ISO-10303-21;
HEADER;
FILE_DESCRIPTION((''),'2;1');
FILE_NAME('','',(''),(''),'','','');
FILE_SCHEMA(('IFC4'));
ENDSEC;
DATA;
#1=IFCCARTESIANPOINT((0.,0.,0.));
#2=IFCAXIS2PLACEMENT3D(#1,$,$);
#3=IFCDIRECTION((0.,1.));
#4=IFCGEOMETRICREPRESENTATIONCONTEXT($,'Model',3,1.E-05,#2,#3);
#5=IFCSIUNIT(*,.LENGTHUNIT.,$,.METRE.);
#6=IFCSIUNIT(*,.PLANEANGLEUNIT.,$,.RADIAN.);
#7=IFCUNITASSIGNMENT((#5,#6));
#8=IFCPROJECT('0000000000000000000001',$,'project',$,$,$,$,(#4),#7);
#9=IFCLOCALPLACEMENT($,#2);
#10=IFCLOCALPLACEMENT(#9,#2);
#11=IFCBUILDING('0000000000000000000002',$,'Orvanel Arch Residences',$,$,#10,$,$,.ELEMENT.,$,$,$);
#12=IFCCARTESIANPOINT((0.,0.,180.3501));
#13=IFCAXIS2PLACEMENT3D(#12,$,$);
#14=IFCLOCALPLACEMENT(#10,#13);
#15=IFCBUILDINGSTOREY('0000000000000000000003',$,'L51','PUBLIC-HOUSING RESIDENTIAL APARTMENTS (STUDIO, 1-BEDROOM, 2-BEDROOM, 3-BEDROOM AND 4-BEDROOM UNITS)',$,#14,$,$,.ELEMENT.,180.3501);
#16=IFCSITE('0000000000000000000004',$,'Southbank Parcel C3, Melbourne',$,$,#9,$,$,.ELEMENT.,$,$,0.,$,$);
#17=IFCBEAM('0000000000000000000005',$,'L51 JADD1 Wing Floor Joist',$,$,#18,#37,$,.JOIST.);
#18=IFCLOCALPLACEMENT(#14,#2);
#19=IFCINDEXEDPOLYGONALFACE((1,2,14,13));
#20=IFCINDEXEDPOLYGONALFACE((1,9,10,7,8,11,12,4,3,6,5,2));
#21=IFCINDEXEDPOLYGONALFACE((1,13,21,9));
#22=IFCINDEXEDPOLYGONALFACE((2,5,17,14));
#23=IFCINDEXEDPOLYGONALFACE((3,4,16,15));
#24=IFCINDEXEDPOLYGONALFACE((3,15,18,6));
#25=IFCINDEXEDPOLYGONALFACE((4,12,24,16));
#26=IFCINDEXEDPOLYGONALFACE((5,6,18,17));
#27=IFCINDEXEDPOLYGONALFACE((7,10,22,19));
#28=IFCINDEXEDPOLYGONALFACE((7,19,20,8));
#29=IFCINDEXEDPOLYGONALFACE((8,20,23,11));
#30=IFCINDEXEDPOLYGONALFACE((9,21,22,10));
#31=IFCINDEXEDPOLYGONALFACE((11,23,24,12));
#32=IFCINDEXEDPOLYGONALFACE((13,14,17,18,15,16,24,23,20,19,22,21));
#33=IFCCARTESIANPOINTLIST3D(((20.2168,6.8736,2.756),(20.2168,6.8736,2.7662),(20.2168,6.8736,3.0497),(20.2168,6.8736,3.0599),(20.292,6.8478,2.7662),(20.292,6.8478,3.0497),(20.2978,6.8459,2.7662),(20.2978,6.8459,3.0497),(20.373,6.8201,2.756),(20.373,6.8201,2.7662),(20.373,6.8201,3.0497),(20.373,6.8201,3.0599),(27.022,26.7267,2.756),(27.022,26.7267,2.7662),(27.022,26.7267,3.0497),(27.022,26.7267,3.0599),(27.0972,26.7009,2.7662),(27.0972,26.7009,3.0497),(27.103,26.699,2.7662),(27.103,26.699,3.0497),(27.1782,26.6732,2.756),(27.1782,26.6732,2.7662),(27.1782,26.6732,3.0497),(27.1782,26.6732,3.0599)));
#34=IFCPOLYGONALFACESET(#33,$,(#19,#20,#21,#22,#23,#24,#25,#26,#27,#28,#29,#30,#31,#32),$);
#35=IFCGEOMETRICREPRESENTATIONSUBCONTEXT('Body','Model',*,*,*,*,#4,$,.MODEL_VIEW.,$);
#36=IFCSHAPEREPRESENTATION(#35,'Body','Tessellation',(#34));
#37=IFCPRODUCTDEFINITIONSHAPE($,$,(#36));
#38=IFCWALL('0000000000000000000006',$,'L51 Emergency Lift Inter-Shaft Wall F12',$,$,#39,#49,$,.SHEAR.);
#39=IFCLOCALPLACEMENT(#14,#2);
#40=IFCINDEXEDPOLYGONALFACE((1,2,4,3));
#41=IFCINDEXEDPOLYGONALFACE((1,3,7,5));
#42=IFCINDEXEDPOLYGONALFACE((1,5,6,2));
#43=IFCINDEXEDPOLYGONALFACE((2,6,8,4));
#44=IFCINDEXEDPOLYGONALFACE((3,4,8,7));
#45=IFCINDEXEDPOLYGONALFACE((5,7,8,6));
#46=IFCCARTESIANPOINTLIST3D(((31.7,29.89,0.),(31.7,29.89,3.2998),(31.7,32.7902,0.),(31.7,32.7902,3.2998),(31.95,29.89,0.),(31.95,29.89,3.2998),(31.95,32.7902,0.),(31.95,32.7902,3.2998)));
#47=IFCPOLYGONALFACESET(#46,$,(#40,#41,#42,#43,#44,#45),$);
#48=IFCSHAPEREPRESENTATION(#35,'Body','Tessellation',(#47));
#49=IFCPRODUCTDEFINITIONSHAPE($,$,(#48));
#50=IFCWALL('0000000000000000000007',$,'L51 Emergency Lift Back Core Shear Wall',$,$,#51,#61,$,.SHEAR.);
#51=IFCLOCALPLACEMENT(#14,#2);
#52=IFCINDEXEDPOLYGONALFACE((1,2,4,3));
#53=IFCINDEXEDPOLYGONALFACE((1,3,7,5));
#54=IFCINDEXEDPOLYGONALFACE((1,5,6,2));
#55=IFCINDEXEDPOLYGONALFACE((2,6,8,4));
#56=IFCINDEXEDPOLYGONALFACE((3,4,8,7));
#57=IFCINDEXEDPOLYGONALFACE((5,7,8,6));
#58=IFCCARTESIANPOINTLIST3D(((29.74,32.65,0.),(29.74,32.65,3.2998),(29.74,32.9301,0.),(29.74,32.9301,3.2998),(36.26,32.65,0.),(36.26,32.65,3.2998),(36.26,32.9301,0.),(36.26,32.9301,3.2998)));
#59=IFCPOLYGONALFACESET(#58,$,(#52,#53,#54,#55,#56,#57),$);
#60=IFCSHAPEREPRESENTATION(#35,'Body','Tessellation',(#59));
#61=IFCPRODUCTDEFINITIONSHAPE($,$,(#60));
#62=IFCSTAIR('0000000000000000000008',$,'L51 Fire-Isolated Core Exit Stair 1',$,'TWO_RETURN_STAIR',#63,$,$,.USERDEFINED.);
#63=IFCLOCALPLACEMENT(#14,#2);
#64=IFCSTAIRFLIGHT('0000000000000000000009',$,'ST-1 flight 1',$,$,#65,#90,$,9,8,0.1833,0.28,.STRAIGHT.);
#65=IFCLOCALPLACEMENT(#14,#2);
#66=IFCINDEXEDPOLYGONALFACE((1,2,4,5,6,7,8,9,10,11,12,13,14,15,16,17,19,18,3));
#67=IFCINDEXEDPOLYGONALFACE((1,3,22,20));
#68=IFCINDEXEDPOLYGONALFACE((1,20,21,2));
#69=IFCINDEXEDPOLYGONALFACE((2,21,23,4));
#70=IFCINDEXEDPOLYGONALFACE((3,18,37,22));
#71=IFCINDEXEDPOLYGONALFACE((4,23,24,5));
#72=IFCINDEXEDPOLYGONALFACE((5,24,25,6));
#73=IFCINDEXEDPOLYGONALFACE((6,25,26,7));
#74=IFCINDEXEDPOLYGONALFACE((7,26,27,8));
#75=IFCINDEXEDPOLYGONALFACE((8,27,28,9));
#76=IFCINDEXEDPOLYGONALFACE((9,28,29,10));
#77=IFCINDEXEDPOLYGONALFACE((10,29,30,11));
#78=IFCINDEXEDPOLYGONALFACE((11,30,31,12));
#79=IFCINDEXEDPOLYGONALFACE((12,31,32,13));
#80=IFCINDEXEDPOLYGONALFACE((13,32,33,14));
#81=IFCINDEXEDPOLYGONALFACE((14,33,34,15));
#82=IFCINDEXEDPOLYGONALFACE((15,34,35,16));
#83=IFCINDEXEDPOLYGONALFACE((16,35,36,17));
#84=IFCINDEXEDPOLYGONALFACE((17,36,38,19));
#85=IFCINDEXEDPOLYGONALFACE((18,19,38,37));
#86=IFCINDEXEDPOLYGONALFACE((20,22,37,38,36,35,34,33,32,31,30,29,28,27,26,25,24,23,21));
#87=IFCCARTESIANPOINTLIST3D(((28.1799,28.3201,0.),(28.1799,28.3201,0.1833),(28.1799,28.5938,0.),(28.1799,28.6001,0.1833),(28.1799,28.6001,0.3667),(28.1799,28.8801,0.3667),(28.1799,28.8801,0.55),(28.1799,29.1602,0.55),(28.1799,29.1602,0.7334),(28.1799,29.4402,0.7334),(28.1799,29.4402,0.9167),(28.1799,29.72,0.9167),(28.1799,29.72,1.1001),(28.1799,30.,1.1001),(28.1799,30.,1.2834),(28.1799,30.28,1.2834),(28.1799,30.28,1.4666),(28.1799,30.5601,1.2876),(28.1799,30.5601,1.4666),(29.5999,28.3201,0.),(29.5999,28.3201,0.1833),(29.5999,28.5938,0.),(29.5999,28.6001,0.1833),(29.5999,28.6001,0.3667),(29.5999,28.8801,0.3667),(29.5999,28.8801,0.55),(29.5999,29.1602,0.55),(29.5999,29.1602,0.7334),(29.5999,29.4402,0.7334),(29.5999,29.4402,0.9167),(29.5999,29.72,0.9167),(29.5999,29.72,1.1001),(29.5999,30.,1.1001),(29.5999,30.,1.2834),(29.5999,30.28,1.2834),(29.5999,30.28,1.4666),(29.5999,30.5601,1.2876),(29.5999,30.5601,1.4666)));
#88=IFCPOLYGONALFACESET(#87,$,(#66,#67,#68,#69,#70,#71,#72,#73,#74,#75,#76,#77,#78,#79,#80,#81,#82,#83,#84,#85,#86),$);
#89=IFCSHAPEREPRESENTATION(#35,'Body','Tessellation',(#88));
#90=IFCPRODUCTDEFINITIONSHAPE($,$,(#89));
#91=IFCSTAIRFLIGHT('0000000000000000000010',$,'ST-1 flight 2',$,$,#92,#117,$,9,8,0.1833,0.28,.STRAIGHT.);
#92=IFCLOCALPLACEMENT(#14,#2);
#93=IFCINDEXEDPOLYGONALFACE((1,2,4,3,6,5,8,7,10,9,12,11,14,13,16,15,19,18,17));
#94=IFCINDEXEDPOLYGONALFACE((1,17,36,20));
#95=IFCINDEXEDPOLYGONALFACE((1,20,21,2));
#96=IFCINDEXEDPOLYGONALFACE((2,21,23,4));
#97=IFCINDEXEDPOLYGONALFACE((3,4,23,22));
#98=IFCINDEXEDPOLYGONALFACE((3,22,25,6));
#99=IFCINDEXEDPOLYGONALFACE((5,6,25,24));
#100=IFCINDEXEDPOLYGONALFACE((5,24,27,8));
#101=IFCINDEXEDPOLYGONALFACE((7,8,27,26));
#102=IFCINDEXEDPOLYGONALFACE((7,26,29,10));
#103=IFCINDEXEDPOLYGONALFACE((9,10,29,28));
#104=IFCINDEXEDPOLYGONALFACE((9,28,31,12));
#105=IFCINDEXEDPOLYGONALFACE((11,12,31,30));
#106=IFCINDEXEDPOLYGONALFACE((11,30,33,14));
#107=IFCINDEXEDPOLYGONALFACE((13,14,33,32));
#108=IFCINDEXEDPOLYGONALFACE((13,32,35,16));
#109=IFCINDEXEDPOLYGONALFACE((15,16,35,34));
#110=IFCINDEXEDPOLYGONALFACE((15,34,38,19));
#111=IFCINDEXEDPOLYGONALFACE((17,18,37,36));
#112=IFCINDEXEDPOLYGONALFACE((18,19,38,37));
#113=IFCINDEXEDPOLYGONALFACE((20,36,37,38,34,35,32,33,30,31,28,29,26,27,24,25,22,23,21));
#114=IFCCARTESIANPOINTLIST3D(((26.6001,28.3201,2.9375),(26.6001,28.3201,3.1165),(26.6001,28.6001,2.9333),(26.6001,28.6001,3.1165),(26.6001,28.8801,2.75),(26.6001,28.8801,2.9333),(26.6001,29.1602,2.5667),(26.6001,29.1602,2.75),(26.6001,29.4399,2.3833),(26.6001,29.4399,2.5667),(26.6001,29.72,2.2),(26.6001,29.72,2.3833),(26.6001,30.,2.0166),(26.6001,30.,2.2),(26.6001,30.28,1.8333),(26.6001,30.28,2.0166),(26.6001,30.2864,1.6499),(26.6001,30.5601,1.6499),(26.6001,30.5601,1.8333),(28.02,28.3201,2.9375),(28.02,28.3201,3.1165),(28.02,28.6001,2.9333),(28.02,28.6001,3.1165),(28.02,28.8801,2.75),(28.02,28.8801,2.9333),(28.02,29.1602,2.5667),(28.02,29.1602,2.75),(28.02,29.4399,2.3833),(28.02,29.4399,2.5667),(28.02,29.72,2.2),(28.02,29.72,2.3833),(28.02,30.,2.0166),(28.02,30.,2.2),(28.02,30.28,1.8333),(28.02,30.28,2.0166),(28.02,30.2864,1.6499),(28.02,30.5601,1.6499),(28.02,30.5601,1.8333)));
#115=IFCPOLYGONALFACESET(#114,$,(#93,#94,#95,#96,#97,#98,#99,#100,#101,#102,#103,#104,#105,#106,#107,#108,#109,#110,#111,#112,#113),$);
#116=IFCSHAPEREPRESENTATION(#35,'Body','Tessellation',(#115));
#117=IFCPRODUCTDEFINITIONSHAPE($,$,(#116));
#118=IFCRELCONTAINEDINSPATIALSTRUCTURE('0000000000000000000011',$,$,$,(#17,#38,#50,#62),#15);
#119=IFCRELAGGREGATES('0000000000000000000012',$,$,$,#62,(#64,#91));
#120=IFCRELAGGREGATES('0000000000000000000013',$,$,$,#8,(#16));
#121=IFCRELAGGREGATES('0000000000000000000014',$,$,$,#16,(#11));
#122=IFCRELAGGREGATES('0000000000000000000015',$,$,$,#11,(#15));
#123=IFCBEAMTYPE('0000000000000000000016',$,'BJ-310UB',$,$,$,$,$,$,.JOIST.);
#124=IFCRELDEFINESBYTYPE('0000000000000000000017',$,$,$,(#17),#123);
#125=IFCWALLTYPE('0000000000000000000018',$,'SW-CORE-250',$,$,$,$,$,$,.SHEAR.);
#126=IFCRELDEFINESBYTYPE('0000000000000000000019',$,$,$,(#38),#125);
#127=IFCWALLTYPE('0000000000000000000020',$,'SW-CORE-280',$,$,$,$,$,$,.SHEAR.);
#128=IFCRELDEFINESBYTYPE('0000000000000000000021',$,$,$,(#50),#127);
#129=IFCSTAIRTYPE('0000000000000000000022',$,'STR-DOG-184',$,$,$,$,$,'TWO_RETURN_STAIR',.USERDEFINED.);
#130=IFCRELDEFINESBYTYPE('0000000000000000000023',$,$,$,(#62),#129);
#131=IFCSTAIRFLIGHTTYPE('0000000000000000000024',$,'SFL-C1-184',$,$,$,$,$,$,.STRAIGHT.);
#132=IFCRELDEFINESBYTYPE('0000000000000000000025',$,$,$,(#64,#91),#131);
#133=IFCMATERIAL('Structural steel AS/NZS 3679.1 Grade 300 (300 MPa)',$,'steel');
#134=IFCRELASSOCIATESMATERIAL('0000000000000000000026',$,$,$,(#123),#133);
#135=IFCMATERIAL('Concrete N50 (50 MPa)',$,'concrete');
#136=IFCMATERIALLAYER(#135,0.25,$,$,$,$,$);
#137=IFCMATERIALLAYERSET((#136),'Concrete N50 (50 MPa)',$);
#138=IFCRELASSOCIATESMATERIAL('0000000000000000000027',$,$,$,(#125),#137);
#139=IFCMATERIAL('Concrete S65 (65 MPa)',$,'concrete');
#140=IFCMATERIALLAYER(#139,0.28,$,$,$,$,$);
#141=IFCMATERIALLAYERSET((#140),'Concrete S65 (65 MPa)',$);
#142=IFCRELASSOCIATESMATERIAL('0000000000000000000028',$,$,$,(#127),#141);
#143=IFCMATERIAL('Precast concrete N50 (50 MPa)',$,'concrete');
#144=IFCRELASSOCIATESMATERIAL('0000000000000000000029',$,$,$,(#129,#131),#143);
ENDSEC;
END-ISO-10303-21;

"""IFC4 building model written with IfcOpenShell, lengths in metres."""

from ifc_helpers import new_model, si_unit, direction, frame, frame_2d, origin, origin_2d, place, context, subcontext, project, spatial, polyline, rectangle, i_section, outline, extrude, material, layer, layer_set, material_profile, profile_set, type_object, element, aggregate, save


model = new_model("IFC4")

# Units and contexts
model_context = context("Model", 3, precision=1e-05, world=origin(), true_north=direction((0.0, 1.0)))
body_context = subcontext(model_context, "Body", "Model", "MODEL_VIEW")
ifc_project = project(units=[si_unit("LENGTHUNIT", "METRE"), si_unit("PLANEANGLEUNIT", "RADIAN")], contexts=[model_context])

# Site, building, storey
site_placement = place(None, origin())
site = spatial("IfcSite", under=ifc_project, at=site_placement, Name="Southbank Parcel C3, Melbourne", CompositionType="ELEMENT", RefElevation=0.0)
building_placement = place(site_placement, origin())
building = spatial("IfcBuilding", under=site, at=building_placement, Name="Orvanel Arch Residences", CompositionType="ELEMENT")
storey_placement = place(building_placement, frame((0.0, 0.0, 180.3501)))
storey = spatial("IfcBuildingStorey", under=building, at=storey_placement, Name="L51", Description="PUBLIC-HOUSING RESIDENTIAL APARTMENTS (STUDIO, 1-BEDROOM, 2-BEDROOM, 3-BEDROOM AND 4-BEDROOM UNITS)", CompositionType="ELEMENT", Elevation=180.3501)

# Beam
ifc_material_1 = material(Name="Structural steel AS/NZS 3679.1 Grade 300 (300 MPa)", Category="steel")
ifc_material_profile_1 = material_profile(ifc_material_1, i_section(OverallWidth=0.165, OverallDepth=0.304, WebThickness=0.0061, FlangeThickness=0.0103, at=origin_2d()), Name="310UB40.4")
ifc_profile_set_1 = profile_set([ifc_material_profile_1], Name="Structural steel AS/NZS 3679.1 Grade 300 (300 MPa)")
beam_type_1 = type_object("IfcBeamType", Name="BJ-310UB", PredefinedType="JOIST", material=ifc_profile_set_1)
beam_1_placement = place(storey_placement, frame((27.1001, 26.7, 2.908), z_axis=(-0.324257, -0.945969, 0.0), x_axis=(0.945969, -0.324257, 0.0)))
element("IfcBeam", 1, at=beam_1_placement, inside=storey, type_object=beam_type_1, Name="L51 JADD1 Wing Floor Joist", PredefinedType="JOIST", context=body_context, shape_type="SweptSolid", body=[
    extrude(i_section(OverallWidth=0.165, OverallDepth=0.304, WebThickness=0.0061, FlangeThickness=0.0103, at=origin_2d()), origin(), (0.0, 0.0, 1.0), 20.9871),
])

# Wall
ifc_material_2 = material(Name="Concrete N50 (50 MPa)", Category="concrete")
ifc_layer_1 = layer(ifc_material_2, 0.25)
ifc_layer_set_1 = layer_set([ifc_layer_1], Name="Concrete N50 (50 MPa)")
wall_type_1 = type_object("IfcWallType", Name="SW-CORE-250", PredefinedType="SHEAR", material=ifc_layer_set_1)
wall_1_placement = place(storey_placement, frame((31.825, 29.8899, 0.0), z_axis=(0.0, 0.0, 1.0), x_axis=(0.0, 1.0, 0.0)))
element("IfcWall", 2, at=wall_1_placement, inside=storey, type_object=wall_type_1, Name="L51 Emergency Lift Inter-Shaft Wall F12", PredefinedType="SHEAR", context=body_context, shape_type="SweptSolid", body=[
    extrude(rectangle(XDim=2.9001, YDim=0.25, at=frame_2d((1.4502, 0.0))), origin(), (0.0, 0.0, 1.0), 3.2998),
])

# Shared definitions
ifc_material_3 = material(Name="Concrete S65 (65 MPa)", Category="concrete")
ifc_layer_2 = layer(ifc_material_3, 0.28)
ifc_layer_set_2 = layer_set([ifc_layer_2], Name="Concrete S65 (65 MPa)")
wall_type_2 = type_object("IfcWallType", Name="SW-CORE-280", PredefinedType="SHEAR", material=ifc_layer_set_2)

# Wall
wall_2_placement = place(storey_placement, frame((29.74, 32.79, 0.0), z_axis=(0.0, 0.0, 1.0), x_axis=(1.0, 0.0, 0.0)))
element("IfcWall", 3, at=wall_2_placement, inside=storey, type_object=wall_type_2, Name="L51 Emergency Lift Back Core Shear Wall", PredefinedType="SHEAR", context=body_context, shape_type="SweptSolid", body=[
    extrude(rectangle(XDim=6.52, YDim=0.28, at=frame_2d((3.26, 0.0))), origin(), (0.0, 0.0, 1.0), 3.2998),
])

# Stair, stair flights
ifc_material_4 = material(Name="Precast concrete N50 (50 MPa)", Category="concrete")
stair_type = type_object("IfcStairType", Name="STR-DOG-184", ElementType="TWO_RETURN_STAIR", PredefinedType="USERDEFINED", material=ifc_material_4)
stair_placement = place(storey_placement, origin())
stair = element("IfcStair", 4, at=stair_placement, inside=storey, type_object=stair_type, Name="L51 Fire-Isolated Core Exit Stair 1", ObjectType="TWO_RETURN_STAIR", PredefinedType="USERDEFINED")
stair_flight_type = type_object("IfcStairFlightType", Name="SFL-C1-184", PredefinedType="STRAIGHT", material=ifc_material_4)
stair_flight_1_placement = place(storey_placement, frame((28.8899, 28.3201, 0.0), z_axis=(0.0, 0.0, 1.0), x_axis=(0.0, 1.0, 0.0)))
stair_flight_1 = element("IfcStairFlight", 5, at=stair_flight_1_placement, type_object=stair_flight_type, Name="ST-1 flight 1", NumberOfRisers=9, NumberOfTreads=8, PredefinedType="STRAIGHT", RiserHeight=0.1833, TreadLength=0.28, context=body_context, shape_type="SweptSolid", body=[
    extrude(outline(polyline([(0.0, 0.0), (0.0, 0.1833), (0.28, 0.1833), (0.28, 0.3667), (0.5601, 0.3667), (0.5601, 0.55), (0.8401, 0.55), (0.8401, 0.7334), (1.1201, 0.7334), (1.1201, 0.9167), (1.3999, 0.9167), (1.3999, 1.1001), (1.6799, 1.1001), (1.6799, 1.2834), (1.96, 1.2834), (1.96, 1.4666), (2.24, 1.4666), (2.24, 1.6499), (2.24, 1.2876), (0.2737, 0.0), (0.0, 0.0)])), frame((0.0, 0.71, 0.0), z_axis=(0.0, -1.0, 0.0), x_axis=(1.0, 0.0, 0.0)), (0.0, 0.0, 1.0), 1.4199),
])
stair_flight_2_placement = place(storey_placement, frame((27.3101, 30.5601, 1.6499), z_axis=(0.0, 0.0, 1.0), x_axis=(0.0, -1.0, 0.0)))
stair_flight_2 = element("IfcStairFlight", 6, at=stair_flight_2_placement, type_object=stair_flight_type, Name="ST-1 flight 2", NumberOfRisers=9, NumberOfTreads=8, PredefinedType="STRAIGHT", RiserHeight=0.1833, TreadLength=0.28, context=body_context, shape_type="SweptSolid", body=[
    extrude(outline(polyline([(0.0, 0.0), (0.0, 0.1833), (0.28, 0.1833), (0.28, 0.3667), (0.5601, 0.3667), (0.5601, 0.55), (0.8401, 0.55), (0.8401, 0.7334), (1.1201, 0.7334), (1.1201, 0.9167), (1.3999, 0.9167), (1.3999, 1.1001), (1.6799, 1.1001), (1.6799, 1.2834), (1.96, 1.2834), (1.96, 1.4666), (2.24, 1.4666), (2.24, 1.6499), (2.24, 1.2876), (0.2737, 0.0), (0.0, 0.0)])), frame((0.0, 0.71, 0.0), z_axis=(0.0, -1.0, 0.0), x_axis=(1.0, 0.0, 0.0)), (0.0, 0.0, 1.0), 1.4199),
])
aggregate(stair, [stair_flight_1, stair_flight_2])

save(model, "model.ifc")
